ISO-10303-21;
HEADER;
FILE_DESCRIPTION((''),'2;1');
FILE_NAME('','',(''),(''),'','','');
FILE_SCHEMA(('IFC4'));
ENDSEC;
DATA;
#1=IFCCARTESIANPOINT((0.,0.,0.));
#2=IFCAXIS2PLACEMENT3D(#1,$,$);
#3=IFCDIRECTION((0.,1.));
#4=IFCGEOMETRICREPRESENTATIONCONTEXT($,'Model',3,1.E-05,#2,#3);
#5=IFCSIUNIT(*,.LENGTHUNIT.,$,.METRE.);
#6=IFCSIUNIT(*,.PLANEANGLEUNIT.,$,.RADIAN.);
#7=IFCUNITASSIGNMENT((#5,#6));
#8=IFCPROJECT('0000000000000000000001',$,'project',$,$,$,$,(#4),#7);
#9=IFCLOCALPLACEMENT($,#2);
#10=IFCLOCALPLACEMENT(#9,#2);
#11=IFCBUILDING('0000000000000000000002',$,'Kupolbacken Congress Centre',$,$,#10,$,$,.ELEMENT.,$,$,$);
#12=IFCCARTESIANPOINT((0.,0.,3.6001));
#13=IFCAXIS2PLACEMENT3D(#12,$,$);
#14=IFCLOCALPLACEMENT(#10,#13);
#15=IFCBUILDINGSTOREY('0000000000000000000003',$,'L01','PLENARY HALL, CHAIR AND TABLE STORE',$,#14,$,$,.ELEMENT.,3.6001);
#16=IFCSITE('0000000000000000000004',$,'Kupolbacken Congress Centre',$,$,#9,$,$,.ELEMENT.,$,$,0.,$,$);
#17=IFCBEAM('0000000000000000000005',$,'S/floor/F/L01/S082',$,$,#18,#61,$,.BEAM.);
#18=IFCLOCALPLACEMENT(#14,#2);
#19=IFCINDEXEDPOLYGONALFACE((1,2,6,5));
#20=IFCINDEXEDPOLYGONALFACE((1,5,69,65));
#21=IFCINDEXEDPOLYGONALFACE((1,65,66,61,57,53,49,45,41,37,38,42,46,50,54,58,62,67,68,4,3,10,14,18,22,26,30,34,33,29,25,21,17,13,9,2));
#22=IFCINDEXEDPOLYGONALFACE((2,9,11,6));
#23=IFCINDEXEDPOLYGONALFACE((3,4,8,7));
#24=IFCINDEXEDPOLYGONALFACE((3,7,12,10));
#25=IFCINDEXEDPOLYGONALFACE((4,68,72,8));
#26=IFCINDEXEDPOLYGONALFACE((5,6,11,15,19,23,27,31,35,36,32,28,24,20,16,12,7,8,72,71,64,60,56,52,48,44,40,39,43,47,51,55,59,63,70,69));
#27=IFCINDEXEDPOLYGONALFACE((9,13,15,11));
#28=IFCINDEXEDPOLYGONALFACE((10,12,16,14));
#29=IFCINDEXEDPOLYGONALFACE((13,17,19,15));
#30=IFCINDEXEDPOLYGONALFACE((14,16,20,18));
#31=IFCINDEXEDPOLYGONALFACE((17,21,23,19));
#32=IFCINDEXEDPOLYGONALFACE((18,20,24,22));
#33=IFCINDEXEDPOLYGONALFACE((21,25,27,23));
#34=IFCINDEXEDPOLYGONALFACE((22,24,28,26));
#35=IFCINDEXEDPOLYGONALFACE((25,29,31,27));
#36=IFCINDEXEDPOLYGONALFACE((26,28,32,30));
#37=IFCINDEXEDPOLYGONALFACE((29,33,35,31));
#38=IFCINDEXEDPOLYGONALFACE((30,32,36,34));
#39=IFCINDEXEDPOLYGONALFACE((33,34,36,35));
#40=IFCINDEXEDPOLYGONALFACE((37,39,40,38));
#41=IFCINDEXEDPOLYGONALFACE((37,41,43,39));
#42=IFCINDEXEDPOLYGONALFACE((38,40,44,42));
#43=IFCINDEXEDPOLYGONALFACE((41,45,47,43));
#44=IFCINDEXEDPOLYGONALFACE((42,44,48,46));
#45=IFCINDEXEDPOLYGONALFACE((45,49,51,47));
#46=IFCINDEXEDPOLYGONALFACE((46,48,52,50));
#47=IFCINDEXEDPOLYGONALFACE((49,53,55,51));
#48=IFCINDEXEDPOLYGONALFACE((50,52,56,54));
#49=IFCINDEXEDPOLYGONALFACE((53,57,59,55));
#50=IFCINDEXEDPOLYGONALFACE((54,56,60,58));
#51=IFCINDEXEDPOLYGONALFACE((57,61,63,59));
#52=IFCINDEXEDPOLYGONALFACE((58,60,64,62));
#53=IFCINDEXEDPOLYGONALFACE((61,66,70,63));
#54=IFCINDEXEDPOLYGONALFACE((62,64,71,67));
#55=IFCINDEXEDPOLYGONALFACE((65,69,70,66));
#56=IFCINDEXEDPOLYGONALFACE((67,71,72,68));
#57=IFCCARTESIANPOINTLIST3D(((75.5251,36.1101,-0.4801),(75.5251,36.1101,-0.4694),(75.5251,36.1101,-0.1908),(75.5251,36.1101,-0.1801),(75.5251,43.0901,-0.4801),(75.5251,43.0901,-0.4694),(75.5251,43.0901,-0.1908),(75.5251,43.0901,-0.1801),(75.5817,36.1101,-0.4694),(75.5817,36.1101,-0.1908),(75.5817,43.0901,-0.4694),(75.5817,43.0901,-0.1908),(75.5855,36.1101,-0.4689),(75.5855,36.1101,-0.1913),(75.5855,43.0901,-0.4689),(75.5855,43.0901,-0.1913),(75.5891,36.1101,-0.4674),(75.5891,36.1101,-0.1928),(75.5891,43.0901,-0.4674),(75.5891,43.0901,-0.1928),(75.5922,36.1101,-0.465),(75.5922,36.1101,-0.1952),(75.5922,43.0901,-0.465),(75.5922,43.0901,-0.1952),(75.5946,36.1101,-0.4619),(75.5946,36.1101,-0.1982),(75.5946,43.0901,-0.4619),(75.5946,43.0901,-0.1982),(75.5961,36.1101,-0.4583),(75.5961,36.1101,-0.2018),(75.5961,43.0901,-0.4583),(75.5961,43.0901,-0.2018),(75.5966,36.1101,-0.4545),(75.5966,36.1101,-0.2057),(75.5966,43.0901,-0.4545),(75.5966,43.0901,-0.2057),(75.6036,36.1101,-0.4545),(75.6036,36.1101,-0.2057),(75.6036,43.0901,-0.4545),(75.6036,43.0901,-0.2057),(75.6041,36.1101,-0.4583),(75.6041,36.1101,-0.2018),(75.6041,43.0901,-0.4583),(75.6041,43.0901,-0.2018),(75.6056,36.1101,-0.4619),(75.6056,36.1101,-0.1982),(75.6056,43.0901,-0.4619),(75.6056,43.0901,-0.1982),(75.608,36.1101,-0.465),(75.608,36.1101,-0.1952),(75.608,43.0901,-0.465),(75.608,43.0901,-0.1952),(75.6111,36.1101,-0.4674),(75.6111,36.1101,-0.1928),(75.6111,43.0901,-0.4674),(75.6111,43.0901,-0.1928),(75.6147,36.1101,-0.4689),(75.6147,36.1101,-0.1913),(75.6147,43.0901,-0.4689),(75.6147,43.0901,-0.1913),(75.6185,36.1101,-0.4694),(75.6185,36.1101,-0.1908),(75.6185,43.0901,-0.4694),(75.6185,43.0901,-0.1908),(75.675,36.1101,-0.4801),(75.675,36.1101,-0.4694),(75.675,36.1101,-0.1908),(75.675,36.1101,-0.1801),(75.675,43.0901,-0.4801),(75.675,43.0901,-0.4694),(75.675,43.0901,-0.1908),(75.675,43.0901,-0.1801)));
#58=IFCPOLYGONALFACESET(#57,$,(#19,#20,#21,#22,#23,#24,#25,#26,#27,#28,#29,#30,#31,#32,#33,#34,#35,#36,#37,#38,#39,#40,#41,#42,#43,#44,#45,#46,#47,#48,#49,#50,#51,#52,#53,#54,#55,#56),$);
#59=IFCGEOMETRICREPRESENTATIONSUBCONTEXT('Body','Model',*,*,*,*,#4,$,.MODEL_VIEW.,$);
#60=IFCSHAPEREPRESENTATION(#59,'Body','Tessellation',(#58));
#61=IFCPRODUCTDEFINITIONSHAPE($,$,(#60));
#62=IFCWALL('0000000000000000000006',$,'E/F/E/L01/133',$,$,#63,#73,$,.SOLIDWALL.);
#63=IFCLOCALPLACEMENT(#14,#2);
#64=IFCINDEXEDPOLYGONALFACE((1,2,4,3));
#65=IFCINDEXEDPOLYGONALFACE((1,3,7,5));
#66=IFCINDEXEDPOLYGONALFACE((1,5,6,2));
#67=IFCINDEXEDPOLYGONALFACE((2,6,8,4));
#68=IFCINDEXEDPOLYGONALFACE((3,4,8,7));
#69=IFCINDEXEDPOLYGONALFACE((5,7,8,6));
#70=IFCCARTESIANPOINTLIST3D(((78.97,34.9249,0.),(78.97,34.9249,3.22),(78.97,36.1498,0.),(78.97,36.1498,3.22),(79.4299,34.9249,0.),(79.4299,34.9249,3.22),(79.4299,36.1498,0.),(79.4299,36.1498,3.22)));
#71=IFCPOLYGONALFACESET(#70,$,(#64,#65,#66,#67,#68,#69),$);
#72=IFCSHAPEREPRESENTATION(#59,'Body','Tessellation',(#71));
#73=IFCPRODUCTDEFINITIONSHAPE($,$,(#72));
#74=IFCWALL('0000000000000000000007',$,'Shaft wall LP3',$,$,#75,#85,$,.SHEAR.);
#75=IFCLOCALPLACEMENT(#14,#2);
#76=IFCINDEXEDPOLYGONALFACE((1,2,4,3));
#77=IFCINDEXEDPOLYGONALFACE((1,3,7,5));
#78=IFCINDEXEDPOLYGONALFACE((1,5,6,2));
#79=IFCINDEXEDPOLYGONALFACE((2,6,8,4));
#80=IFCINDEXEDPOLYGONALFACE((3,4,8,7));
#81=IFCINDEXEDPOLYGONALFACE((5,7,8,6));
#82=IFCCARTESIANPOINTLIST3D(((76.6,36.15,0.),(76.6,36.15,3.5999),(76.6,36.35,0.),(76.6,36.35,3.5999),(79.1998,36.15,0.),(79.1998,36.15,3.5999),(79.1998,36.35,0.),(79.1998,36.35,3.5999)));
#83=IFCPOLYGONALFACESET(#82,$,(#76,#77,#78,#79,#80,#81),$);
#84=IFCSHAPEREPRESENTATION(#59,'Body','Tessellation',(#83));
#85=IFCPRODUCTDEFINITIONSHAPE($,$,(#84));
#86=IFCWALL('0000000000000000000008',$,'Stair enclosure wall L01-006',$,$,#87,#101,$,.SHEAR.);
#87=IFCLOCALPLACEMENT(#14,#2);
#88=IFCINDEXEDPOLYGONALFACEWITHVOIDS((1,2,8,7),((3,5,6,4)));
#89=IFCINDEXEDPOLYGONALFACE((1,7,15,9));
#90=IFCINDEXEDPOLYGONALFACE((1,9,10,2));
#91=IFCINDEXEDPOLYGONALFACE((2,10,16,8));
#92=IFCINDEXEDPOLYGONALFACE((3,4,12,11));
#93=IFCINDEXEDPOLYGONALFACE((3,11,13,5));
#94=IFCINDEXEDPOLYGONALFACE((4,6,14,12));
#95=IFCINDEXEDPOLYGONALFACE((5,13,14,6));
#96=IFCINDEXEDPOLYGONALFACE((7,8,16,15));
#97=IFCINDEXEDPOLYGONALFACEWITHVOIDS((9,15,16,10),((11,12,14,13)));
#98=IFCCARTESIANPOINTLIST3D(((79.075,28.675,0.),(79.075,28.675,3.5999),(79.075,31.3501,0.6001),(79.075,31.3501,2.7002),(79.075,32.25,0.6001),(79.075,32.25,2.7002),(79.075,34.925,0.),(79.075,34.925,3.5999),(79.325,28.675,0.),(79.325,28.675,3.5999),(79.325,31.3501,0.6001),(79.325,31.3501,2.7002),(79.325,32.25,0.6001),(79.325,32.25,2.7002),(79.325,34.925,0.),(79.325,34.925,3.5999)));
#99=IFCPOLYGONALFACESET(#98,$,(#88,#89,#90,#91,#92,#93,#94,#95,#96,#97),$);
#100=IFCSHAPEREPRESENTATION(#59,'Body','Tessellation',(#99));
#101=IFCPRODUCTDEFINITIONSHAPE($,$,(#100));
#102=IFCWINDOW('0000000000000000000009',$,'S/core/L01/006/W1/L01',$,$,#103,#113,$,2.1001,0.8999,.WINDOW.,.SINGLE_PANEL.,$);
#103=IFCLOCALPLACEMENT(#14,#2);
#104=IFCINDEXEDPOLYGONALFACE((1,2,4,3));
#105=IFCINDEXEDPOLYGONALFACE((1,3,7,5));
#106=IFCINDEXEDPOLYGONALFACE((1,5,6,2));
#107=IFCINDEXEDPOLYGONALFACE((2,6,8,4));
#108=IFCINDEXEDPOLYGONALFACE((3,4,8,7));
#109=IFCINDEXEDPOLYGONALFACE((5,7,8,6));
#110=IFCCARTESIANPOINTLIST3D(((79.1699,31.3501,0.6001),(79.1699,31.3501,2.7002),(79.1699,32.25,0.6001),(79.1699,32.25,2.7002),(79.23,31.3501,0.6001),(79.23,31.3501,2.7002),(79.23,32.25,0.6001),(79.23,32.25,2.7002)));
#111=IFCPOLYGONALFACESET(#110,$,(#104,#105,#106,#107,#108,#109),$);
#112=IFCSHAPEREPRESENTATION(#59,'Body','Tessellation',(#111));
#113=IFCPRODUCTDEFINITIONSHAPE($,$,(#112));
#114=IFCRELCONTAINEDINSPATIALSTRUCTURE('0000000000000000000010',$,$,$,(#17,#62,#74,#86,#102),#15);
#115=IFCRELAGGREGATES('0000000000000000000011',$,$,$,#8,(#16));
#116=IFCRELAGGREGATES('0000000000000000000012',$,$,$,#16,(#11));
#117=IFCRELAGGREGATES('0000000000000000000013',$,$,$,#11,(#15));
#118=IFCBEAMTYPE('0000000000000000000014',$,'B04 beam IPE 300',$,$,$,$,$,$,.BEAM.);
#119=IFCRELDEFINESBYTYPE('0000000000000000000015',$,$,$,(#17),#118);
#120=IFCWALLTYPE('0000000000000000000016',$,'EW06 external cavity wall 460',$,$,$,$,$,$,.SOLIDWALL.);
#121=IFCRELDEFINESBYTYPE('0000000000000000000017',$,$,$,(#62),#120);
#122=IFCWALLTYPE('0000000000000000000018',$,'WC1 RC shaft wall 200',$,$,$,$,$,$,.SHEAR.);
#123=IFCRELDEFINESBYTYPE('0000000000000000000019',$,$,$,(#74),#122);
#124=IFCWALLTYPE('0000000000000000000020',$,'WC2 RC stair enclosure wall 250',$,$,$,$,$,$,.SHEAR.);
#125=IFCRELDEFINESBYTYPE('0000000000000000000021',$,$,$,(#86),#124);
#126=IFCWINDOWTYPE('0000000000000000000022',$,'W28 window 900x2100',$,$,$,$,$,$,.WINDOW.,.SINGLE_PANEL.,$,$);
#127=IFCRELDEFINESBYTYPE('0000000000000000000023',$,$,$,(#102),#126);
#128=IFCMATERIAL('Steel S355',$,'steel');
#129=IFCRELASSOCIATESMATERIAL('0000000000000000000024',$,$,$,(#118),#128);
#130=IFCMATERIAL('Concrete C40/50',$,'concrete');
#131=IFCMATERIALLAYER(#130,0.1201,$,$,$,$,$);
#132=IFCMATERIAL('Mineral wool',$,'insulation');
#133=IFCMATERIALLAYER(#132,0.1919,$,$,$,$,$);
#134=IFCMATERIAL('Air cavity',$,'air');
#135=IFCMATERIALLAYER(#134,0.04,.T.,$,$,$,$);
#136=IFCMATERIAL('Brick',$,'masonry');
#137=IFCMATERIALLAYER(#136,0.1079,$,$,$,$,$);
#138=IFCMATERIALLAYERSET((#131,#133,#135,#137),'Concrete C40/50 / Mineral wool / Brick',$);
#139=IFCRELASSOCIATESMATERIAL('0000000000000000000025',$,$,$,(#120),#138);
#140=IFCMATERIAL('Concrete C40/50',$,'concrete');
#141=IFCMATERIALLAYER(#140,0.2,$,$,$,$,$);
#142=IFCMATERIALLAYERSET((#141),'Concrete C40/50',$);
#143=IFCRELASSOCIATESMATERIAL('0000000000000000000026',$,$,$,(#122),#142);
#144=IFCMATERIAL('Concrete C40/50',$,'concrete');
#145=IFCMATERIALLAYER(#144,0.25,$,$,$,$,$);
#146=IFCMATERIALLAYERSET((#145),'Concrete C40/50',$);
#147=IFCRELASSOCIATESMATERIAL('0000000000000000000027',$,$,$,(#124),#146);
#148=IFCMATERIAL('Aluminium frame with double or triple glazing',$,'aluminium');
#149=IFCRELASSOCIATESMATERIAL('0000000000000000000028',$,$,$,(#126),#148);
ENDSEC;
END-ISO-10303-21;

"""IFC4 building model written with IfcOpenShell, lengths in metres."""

from ifc_helpers import new_model, si_unit, direction, frame, frame_2d, origin, origin_2d, place, context, subcontext, project, spatial, rectangle, i_section, extrude, material, layer, layer_set, material_profile, profile_set, type_object, element, fill, save


model = new_model("IFC4")

# Units and contexts
model_context = context("Model", 3, precision=1e-05, world=origin(), true_north=direction((0.0, 1.0)))
body_context = subcontext(model_context, "Body", "Model", "MODEL_VIEW")
ifc_project = project(units=[si_unit("LENGTHUNIT", "METRE"), si_unit("PLANEANGLEUNIT", "RADIAN")], contexts=[model_context])

# Site, building, storey
site_placement = place(None, origin())
site = spatial("IfcSite", under=ifc_project, at=site_placement, Name="Kupolbacken Congress Centre", CompositionType="ELEMENT", RefElevation=0.0)
building_placement = place(site_placement, origin())
building = spatial("IfcBuilding", under=site, at=building_placement, Name="Kupolbacken Congress Centre", CompositionType="ELEMENT")
storey_placement = place(building_placement, frame((0.0, 0.0, 3.6001)))
storey = spatial("IfcBuildingStorey", under=building, at=storey_placement, Name="L01", Description="PLENARY HALL, CHAIR AND TABLE STORE", CompositionType="ELEMENT", Elevation=3.6001)

# Beam
ifc_material_1 = material(Name="Steel S355", Category="steel")
ifc_material_profile_1 = material_profile(ifc_material_1, i_section(OverallWidth=0.1499, OverallDepth=0.3, WebThickness=0.0071, FlangeThickness=0.0107, FilletRadius=0.0149, at=origin_2d()), Name="IPE 300")
ifc_profile_set_1 = profile_set([ifc_material_profile_1], Name="Steel S355")
beam_type_1 = type_object("IfcBeamType", Name="B04 beam IPE 300", PredefinedType="BEAM", material=ifc_profile_set_1)
beam_1_placement = place(storey_placement, frame((75.6001, 36.1101, -0.3301), z_axis=(0.0, 1.0, 0.0), x_axis=(-1.0, 0.0, 0.0)))
element("IfcBeam", 1, at=beam_1_placement, inside=storey, type_object=beam_type_1, Name="S/floor/F/L01/S082", PredefinedType="BEAM", context=body_context, shape_type="SweptSolid", body=[
    extrude(i_section(OverallWidth=0.1499, OverallDepth=0.3, WebThickness=0.0071, FlangeThickness=0.0107, FilletRadius=0.0149, at=origin_2d()), origin(), (0.0, 0.0, 1.0), 6.98),
])

# Walls
ifc_material_2 = material(Name="Concrete C40/50", Category="concrete")
ifc_layer_1 = layer(ifc_material_2, 0.1201)
ifc_material_3 = material(Name="Mineral wool", Category="insulation")
ifc_layer_2 = layer(ifc_material_3, 0.1919)
ifc_material_4 = material(Name="Air cavity", Category="air")
ifc_layer_3 = layer(ifc_material_4, 0.04, ventilated=True)
ifc_material_5 = material(Name="Brick", Category="masonry")
ifc_layer_4 = layer(ifc_material_5, 0.1079)
ifc_layer_set_1 = layer_set([ifc_layer_1, ifc_layer_2, ifc_layer_3, ifc_layer_4], Name="Concrete C40/50 / Mineral wool / Brick")
wall_type_1 = type_object("IfcWallType", Name="EW06 external cavity wall 460", PredefinedType="SOLIDWALL", material=ifc_layer_set_1)
wall_1_placement = place(storey_placement, frame((79.2, 34.925, 0.0), z_axis=(0.0, 0.0, 1.0), x_axis=(0.0, 1.0, 0.0)))
element("IfcWall", 2, at=wall_1_placement, inside=storey, type_object=wall_type_1, Name="E/F/E/L01/133", PredefinedType="SOLIDWALL", context=body_context, shape_type="SweptSolid", body=[
    extrude(rectangle(XDim=1.2249, YDim=0.46, at=frame_2d((0.6123, 0.0))), origin(), (0.0, 0.0, 1.0), 3.22),
])
ifc_material_6 = material(Name="Concrete C40/50", Category="concrete")
ifc_layer_5 = layer(ifc_material_6, 0.2)
ifc_layer_set_2 = layer_set([ifc_layer_5], Name="Concrete C40/50")
wall_type_2 = type_object("IfcWallType", Name="WC1 RC shaft wall 200", PredefinedType="SHEAR", material=ifc_layer_set_2)
wall_2_placement = place(storey_placement, frame((76.6001, 36.25, 0.0), z_axis=(0.0, 0.0, 1.0), x_axis=(1.0, 0.0, 0.0)))
element("IfcWall", 3, at=wall_2_placement, inside=storey, type_object=wall_type_2, Name="Shaft wall LP3", PredefinedType="SHEAR", context=body_context, shape_type="SweptSolid", body=[
    extrude(rectangle(XDim=2.5999, YDim=0.2, at=frame_2d((1.2998, 0.0))), origin(), (0.0, 0.0, 1.0), 3.5999),
])

# Wall, opening, window
ifc_material_7 = material(Name="Concrete C40/50", Category="concrete")
ifc_layer_6 = layer(ifc_material_7, 0.25)
ifc_layer_set_3 = layer_set([ifc_layer_6], Name="Concrete C40/50")
wall_type_3 = type_object("IfcWallType", Name="WC2 RC stair enclosure wall 250", PredefinedType="SHEAR", material=ifc_layer_set_3)
wall_3_placement = place(storey_placement, frame((79.2, 28.675, 0.0), z_axis=(0.0, 0.0, 1.0), x_axis=(0.0, 1.0, 0.0)))
wall_3 = element("IfcWall", 4, at=wall_3_placement, inside=storey, type_object=wall_type_3, Name="Stair enclosure wall L01-006", PredefinedType="SHEAR", context=body_context, shape_type="SweptSolid", body=[
    extrude(rectangle(XDim=6.25, YDim=0.25, at=frame_2d((3.125, 0.0))), origin(), (0.0, 0.0, 1.0), 3.5999),
])
opening_placement = place(wall_3_placement, frame((2.675, 0.0, 0.6001)))
opening = element("IfcOpeningElement", 5, at=opening_placement, cuts=wall_3, PredefinedType="OPENING", context=body_context, shape_type="SweptSolid", body=[
    extrude(rectangle(XDim=0.8999, YDim=2.1001, at=frame_2d((0.45, 1.05))), frame((0.0, 0.135, 0.0), z_axis=(0.0, -1.0, 0.0), x_axis=(1.0, 0.0, 0.0)), (0.0, 0.0, 1.0), 0.27),
])
ifc_material_8 = material(Name="Aluminium frame with double or triple glazing", Category="aluminium")
window_type = type_object("IfcWindowType", Name="W28 window 900x2100", PartitioningType="SINGLE_PANEL", PredefinedType="WINDOW", material=ifc_material_8)
window_placement = place(opening_placement, origin())
window = element("IfcWindow", 6, at=window_placement, inside=storey, type_object=window_type, Name="S/core/L01/006/W1/L01", OverallHeight=2.1001, OverallWidth=0.8999, PartitioningType="SINGLE_PANEL", PredefinedType="WINDOW", context=body_context, shape_type="SweptSolid", body=[
    extrude(rectangle(XDim=0.8999, YDim=2.1001, at=frame_2d((0.45, 1.05))), frame((0.0, 0.03, 0.0), z_axis=(0.0, -1.0, 0.0), x_axis=(1.0, 0.0, 0.0)), (0.0, 0.0, 1.0), 0.0601),
])
fill(opening, window)

save(model, "model.ifc")
